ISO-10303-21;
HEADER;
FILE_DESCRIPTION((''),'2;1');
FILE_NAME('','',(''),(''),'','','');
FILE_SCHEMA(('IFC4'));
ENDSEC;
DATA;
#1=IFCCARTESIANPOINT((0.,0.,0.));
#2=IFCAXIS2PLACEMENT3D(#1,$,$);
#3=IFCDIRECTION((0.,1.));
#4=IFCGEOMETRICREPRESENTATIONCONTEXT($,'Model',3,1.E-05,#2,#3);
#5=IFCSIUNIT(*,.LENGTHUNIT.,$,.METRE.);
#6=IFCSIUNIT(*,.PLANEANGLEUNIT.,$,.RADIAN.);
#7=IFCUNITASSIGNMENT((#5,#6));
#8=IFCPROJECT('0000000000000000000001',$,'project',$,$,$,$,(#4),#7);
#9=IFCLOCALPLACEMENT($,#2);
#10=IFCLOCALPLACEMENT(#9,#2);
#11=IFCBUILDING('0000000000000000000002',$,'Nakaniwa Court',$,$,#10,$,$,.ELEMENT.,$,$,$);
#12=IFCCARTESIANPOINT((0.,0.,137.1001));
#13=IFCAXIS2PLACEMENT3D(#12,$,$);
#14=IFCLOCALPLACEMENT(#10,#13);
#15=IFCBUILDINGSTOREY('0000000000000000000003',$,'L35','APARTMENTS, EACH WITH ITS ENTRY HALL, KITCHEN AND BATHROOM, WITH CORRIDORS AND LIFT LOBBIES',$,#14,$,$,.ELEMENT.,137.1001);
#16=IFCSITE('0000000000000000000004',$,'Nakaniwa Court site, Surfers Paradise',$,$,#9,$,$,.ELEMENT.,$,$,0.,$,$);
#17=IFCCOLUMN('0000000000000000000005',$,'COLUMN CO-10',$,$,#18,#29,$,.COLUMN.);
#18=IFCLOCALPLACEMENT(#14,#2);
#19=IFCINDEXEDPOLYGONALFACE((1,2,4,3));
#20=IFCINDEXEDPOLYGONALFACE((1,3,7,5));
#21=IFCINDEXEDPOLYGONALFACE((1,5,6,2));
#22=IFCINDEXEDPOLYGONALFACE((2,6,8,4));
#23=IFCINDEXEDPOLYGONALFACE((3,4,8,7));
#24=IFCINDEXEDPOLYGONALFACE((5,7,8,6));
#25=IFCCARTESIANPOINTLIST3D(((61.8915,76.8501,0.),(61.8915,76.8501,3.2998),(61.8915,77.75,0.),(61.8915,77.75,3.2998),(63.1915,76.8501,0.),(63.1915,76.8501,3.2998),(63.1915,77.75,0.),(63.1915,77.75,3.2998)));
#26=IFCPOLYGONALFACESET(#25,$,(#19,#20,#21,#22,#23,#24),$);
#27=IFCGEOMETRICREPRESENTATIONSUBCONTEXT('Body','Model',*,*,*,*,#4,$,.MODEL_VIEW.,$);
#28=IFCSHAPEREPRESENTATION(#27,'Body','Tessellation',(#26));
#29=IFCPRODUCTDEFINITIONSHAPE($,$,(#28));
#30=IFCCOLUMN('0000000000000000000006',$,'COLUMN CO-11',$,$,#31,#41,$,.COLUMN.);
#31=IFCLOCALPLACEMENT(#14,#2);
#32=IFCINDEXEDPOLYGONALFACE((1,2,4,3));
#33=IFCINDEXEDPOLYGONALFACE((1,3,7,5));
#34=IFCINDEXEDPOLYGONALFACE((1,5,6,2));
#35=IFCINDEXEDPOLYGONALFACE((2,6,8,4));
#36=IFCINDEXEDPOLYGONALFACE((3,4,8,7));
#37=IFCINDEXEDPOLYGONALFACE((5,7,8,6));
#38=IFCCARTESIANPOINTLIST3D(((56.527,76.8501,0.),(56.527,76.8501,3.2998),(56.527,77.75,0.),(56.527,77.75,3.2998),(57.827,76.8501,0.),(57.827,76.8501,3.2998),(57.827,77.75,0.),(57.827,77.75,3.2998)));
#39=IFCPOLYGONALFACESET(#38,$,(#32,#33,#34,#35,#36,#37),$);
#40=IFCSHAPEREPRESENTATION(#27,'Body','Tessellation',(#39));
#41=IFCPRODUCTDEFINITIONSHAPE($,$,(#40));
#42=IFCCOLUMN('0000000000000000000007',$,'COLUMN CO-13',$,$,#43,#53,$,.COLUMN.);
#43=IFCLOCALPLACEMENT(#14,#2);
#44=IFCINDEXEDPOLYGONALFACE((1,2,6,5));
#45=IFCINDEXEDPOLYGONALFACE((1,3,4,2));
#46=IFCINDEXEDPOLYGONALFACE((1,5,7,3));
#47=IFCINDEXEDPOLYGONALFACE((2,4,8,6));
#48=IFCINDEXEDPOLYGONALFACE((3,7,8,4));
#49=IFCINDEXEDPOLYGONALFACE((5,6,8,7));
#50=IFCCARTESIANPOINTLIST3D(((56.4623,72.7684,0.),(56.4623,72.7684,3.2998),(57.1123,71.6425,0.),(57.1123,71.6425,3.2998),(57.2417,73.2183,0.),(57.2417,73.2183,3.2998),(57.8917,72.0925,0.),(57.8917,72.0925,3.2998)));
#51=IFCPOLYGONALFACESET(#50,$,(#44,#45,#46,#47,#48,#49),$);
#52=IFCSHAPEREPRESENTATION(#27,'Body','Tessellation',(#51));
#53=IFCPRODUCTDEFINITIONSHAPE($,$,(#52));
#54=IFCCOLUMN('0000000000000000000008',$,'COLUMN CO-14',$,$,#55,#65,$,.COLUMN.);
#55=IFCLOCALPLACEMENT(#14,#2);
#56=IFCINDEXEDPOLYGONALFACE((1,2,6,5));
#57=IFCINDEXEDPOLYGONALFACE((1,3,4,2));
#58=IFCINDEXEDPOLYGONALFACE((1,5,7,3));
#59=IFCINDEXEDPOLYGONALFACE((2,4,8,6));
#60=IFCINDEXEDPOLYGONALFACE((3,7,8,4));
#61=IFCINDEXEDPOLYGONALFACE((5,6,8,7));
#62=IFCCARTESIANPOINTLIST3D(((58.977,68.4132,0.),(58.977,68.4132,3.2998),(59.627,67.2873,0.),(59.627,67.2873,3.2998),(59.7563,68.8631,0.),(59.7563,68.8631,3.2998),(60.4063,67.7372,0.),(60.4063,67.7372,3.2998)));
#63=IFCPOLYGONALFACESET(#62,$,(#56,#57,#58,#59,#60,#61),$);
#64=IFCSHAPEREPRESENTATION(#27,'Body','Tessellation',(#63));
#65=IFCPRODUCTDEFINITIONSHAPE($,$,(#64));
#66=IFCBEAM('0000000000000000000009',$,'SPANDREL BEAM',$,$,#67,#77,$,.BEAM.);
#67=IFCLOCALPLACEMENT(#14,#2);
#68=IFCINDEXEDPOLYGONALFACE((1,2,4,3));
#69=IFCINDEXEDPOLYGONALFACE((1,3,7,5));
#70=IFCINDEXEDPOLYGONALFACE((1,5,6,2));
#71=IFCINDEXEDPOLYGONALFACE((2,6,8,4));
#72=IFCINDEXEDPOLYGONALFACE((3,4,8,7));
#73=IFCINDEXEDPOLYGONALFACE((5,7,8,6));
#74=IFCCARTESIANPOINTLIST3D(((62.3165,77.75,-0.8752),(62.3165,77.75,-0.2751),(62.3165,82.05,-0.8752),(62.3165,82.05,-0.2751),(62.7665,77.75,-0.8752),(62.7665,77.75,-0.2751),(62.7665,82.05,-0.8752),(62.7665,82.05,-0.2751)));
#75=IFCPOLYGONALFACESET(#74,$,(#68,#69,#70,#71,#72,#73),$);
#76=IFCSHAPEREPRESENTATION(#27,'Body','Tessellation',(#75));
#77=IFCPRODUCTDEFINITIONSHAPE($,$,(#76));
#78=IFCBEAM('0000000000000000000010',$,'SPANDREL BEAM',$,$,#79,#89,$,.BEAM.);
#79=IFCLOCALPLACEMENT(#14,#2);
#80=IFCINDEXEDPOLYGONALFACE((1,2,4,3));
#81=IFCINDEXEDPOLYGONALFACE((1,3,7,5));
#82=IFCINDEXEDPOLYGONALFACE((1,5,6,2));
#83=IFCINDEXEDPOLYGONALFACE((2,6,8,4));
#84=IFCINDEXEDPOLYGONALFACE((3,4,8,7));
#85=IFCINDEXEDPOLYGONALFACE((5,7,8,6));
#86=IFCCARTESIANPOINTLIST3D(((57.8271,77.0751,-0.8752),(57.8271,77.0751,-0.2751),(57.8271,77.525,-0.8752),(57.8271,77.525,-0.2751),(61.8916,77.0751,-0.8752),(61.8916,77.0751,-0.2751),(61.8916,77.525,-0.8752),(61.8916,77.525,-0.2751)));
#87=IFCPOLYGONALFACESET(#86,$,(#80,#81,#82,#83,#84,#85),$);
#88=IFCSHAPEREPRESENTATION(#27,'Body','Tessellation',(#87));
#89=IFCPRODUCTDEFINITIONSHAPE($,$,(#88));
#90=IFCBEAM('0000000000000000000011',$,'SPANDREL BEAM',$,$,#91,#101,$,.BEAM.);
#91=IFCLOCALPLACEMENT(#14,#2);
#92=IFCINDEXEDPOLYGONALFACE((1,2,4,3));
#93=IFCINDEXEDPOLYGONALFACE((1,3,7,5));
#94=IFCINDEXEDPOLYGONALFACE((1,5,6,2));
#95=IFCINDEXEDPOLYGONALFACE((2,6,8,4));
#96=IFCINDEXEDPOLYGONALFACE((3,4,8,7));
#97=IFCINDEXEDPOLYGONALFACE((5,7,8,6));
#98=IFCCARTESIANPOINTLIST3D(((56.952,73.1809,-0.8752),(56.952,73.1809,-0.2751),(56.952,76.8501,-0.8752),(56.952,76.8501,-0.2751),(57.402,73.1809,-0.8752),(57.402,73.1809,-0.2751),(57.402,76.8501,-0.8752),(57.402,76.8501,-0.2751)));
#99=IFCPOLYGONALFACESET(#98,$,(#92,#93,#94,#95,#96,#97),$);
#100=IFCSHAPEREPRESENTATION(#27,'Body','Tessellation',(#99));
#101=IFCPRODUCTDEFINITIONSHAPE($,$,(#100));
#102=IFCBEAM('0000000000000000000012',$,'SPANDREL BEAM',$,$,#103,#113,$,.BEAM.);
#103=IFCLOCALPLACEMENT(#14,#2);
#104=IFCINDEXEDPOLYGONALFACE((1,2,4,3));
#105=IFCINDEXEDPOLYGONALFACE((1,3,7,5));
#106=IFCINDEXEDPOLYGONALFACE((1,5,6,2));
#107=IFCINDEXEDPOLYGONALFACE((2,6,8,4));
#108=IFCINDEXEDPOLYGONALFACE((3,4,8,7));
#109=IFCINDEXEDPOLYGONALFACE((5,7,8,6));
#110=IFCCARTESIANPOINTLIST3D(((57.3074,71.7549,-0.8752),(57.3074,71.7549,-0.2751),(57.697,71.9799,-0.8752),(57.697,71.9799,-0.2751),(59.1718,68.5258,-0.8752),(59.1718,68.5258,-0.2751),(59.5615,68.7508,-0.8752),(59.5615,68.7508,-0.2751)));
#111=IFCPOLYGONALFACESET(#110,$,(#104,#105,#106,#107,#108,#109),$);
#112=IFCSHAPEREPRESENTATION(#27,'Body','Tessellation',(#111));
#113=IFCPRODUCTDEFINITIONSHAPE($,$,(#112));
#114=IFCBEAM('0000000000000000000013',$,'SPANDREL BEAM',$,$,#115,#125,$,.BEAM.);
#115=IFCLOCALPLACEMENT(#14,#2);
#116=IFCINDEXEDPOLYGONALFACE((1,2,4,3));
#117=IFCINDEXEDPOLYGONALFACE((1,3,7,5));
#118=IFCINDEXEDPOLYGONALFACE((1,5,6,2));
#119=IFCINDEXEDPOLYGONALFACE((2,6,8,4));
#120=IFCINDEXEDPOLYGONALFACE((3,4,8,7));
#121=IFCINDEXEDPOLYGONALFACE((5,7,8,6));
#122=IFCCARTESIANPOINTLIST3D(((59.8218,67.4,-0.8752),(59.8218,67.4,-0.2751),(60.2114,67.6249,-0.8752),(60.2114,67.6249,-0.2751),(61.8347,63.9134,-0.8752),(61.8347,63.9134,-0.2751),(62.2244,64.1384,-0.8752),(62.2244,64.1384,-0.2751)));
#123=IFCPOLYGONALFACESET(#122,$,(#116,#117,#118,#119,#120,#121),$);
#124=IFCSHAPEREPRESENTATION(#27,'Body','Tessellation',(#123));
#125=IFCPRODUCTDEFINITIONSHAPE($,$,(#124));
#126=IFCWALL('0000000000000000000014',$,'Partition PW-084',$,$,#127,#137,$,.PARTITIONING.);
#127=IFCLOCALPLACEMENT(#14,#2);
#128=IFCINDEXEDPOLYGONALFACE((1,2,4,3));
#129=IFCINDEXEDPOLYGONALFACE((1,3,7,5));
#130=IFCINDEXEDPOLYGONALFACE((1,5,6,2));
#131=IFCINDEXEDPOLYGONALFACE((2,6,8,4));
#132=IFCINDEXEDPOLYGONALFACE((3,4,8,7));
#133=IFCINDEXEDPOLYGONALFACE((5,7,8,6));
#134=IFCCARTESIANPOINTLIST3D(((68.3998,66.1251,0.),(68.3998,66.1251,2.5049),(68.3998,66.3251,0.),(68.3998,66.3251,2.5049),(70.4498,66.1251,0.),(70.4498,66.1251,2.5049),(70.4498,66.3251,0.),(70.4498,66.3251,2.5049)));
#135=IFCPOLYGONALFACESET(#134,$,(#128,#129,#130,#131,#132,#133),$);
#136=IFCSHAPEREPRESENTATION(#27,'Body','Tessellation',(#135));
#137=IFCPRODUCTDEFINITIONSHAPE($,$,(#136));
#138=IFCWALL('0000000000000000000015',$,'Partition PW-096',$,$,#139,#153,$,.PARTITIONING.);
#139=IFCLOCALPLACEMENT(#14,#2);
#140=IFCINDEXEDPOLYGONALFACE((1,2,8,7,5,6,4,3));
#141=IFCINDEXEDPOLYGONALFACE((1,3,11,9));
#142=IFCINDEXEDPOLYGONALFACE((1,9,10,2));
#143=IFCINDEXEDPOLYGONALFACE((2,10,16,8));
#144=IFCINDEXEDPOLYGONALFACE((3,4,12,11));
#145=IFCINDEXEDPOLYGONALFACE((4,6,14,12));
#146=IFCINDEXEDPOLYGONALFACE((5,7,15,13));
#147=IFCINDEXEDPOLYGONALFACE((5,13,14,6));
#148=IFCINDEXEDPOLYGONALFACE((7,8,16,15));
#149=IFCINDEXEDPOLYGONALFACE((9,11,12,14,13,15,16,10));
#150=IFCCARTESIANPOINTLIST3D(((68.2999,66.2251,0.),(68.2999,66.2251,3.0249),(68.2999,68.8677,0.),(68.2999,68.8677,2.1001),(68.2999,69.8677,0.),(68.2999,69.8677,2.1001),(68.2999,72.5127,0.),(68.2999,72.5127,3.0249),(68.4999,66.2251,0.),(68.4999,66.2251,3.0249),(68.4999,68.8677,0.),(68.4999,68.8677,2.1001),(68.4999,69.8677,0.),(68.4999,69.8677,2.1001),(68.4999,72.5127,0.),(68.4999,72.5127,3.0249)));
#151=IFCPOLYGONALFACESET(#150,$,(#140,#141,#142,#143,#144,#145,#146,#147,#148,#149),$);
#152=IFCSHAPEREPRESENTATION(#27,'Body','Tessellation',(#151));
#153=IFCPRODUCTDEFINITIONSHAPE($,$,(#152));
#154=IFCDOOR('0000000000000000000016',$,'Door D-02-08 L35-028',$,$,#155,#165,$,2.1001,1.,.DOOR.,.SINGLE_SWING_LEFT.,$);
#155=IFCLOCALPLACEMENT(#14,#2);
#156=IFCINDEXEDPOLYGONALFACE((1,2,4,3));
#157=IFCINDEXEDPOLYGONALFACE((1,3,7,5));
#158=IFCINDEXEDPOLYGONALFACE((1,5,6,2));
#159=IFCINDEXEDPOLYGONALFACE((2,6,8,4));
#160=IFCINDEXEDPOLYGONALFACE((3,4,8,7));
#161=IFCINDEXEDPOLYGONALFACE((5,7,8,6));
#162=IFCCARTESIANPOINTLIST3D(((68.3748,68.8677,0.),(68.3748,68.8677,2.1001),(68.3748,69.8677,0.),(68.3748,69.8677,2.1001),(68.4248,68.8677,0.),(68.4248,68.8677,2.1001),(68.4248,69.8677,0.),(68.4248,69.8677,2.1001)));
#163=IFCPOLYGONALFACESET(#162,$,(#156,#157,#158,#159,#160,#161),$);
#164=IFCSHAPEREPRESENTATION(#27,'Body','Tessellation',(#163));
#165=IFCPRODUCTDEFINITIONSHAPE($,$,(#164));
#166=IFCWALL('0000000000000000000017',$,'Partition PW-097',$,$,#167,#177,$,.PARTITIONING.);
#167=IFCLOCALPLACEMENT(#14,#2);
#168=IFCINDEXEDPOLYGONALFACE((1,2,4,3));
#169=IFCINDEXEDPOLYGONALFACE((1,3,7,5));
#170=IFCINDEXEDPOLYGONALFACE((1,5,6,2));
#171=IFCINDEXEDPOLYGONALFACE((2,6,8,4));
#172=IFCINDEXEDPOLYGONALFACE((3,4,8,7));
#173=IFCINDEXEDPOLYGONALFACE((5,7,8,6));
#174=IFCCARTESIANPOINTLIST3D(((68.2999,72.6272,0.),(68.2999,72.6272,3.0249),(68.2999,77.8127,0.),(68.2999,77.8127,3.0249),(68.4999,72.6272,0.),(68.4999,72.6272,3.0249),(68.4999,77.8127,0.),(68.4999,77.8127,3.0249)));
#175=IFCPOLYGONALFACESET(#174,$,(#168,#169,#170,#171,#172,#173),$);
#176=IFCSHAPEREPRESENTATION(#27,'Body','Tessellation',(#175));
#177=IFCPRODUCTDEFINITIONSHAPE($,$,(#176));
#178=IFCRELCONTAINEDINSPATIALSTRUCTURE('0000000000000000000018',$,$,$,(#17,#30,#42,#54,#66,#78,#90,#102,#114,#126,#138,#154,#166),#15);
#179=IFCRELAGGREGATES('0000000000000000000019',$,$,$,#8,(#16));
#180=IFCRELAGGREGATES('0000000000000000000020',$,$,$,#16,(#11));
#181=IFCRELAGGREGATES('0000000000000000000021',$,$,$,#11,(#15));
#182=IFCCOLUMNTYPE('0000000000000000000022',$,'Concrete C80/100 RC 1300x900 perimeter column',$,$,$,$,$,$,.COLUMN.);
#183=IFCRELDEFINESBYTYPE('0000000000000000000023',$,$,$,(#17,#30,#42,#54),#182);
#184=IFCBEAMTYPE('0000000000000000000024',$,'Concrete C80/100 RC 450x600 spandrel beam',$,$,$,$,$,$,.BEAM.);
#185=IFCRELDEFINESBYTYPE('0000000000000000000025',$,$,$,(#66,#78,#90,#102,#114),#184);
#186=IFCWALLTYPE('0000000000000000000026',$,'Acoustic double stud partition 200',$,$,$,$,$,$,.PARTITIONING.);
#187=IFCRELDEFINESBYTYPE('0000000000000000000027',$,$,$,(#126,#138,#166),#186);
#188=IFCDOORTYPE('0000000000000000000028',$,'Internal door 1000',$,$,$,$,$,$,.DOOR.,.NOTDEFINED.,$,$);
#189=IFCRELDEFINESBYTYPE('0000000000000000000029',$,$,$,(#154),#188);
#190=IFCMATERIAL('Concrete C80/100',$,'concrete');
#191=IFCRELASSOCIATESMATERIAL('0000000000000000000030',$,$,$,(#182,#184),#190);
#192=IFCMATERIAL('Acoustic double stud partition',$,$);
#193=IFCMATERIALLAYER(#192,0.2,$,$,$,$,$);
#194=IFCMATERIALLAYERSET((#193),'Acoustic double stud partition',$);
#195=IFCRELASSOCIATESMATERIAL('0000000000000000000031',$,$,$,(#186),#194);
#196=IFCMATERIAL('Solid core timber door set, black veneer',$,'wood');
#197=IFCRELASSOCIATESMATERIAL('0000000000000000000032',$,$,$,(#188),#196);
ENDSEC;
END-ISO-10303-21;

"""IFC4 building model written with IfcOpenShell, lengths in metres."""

from ifc_helpers import new_model, si_unit, direction, frame, frame_2d, origin, origin_2d, place, context, subcontext, project, spatial, rectangle, extrude, material, layer, layer_set, material_profile, profile_set, type_object, element, fill, save


model = new_model("IFC4")

# Units and contexts
model_context = context("Model", 3, precision=1e-05, world=origin(), true_north=direction((0.0, 1.0)))
body_context = subcontext(model_context, "Body", "Model", "MODEL_VIEW")
ifc_project = project(units=[si_unit("LENGTHUNIT", "METRE"), si_unit("PLANEANGLEUNIT", "RADIAN")], contexts=[model_context])

# Site, building, storey
site_placement = place(None, origin())
site = spatial("IfcSite", under=ifc_project, at=site_placement, Name="Nakaniwa Court site, Surfers Paradise", CompositionType="ELEMENT", RefElevation=0.0)
building_placement = place(site_placement, origin())
building = spatial("IfcBuilding", under=site, at=building_placement, Name="Nakaniwa Court", CompositionType="ELEMENT")
storey_placement = place(building_placement, frame((0.0, 0.0, 137.1001)))
storey = spatial("IfcBuildingStorey", under=building, at=storey_placement, Name="L35", Description="APARTMENTS, EACH WITH ITS ENTRY HALL, KITCHEN AND BATHROOM, WITH CORRIDORS AND LIFT LOBBIES", CompositionType="ELEMENT", Elevation=137.1001)

# Columns
ifc_material_1 = material(Name="Concrete C80/100", Category="concrete")
ifc_material_profile_1 = material_profile(ifc_material_1, rectangle(XDim=1.3, YDim=0.8999, at=origin_2d()), Name="Concrete C80/100 RC 1300x900 perimeter column")
ifc_profile_set_1 = profile_set([ifc_material_profile_1], Name="Concrete C80/100")
column_type = type_object("IfcColumnType", Name="Concrete C80/100 RC 1300x900 perimeter column", PredefinedType="COLUMN", material=ifc_profile_set_1)
for number, where, z_axis, x_axis, name in (
    (1, (62.5415, 77.3, 0.0), (0.0, 0.0, 1.0), (-1.0, 0.0, 0.0), "COLUMN CO-10"),
    (2, (57.177, 77.3, 0.0), (0.0, 0.0, 1.0), (-1.0, 0.0, 0.0), "COLUMN CO-11"),
    (3, (57.177, 72.4304, 0.0), (0.0, 0.0, 1.0), (0.5, -0.866025, 0.0), "COLUMN CO-13"),
    (4, (59.6917, 68.0752, 0.0), (0.0, 0.0, 1.0), (0.5, -0.866025, 0.0), "COLUMN CO-14"),
):
    element("IfcColumn", number, at=place(storey_placement, frame(where, z_axis=z_axis, x_axis=x_axis)), inside=storey, type_object=column_type, Name=name, PredefinedType="COLUMN", context=body_context, shape_type="SweptSolid", body=[
        extrude(rectangle(XDim=1.3, YDim=0.8999, at=origin_2d()), origin(), (0.0, 0.0, 1.0), 3.2998),
    ])

# Beams
ifc_material_profile_2 = material_profile(ifc_material_1, rectangle(XDim=0.45, YDim=0.6001, at=origin_2d()), Name="Concrete C80/100 RC 450x600 spandrel beam")
ifc_profile_set_2 = profile_set([ifc_material_profile_2], Name="Concrete C80/100")
beam_type = type_object("IfcBeamType", Name="Concrete C80/100 RC 450x600 spandrel beam", PredefinedType="BEAM", material=ifc_profile_set_2)
beam_1_placement = place(storey_placement, frame((62.5415, 82.05, -0.5752), z_axis=(0.0, -1.0, 0.0), x_axis=(1.0, 0.0, 0.0)))
element("IfcBeam", 5, at=beam_1_placement, inside=storey, type_object=beam_type, Name="SPANDREL BEAM", PredefinedType="BEAM", context=body_context, shape_type="SweptSolid", body=[
    extrude(rectangle(XDim=0.45, YDim=0.6001, at=origin_2d()), origin(), (0.0, 0.0, 1.0), 4.3),
])
beam_2_placement = place(storey_placement, frame((61.8916, 77.3, -0.5752), z_axis=(-1.0, 0.0, 0.0), x_axis=(0.0, -1.0, 0.0)))
element("IfcBeam", 6, at=beam_2_placement, inside=storey, type_object=beam_type, Name="SPANDREL BEAM", PredefinedType="BEAM", context=body_context, shape_type="SweptSolid", body=[
    extrude(rectangle(XDim=0.45, YDim=0.6001, at=origin_2d()), origin(), (0.0, 0.0, 1.0), 4.0645),
])
beam_3_placement = place(storey_placement, frame((57.177, 76.8501, -0.5752), z_axis=(0.0, -1.0, 0.0), x_axis=(1.0, 0.0, 0.0)))
element("IfcBeam", 7, at=beam_3_placement, inside=storey, type_object=beam_type, Name="SPANDREL BEAM", PredefinedType="BEAM", context=body_context, shape_type="SweptSolid", body=[
    extrude(rectangle(XDim=0.45, YDim=0.6001, at=origin_2d()), origin(), (0.0, 0.0, 1.0), 3.6692),
])
beam_4_placement = place(storey_placement, frame((57.5022, 71.8674, -0.5752), z_axis=(0.500019, -0.866014, 0.0), x_axis=(0.866014, 0.500019, 0.0)))
element("IfcBeam", 8, at=beam_4_placement, inside=storey, type_object=beam_type, Name="SPANDREL BEAM", PredefinedType="BEAM", context=body_context, shape_type="SweptSolid", body=[
    extrude(rectangle(XDim=0.45, YDim=0.6001, at=origin_2d()), origin(), (0.0, 0.0, 1.0), 3.7288),
])
beam_5_placement = place(storey_placement, frame((60.0166, 67.5125, -0.5752), z_axis=(0.499994, -0.866029, 0.0), x_axis=(0.866029, 0.499994, 0.0)))
element("IfcBeam", 9, at=beam_5_placement, inside=storey, type_object=beam_type, Name="SPANDREL BEAM", PredefinedType="BEAM", context=body_context, shape_type="SweptSolid", body=[
    extrude(rectangle(XDim=0.45, YDim=0.6001, at=origin_2d()), origin(), (0.0, 0.0, 1.0), 4.0259),
])

# Wall
ifc_material_2 = material(Name="Acoustic double stud partition")
ifc_layer_1 = layer(ifc_material_2, 0.2)
ifc_layer_set_1 = layer_set([ifc_layer_1], Name="Acoustic double stud partition")
wall_type_1 = type_object("IfcWallType", Name="Acoustic double stud partition 200", PredefinedType="PARTITIONING", material=ifc_layer_set_1)
wall_1_placement = place(storey_placement, frame((68.3999, 66.2251, 0.0), z_axis=(0.0, 0.0, 1.0), x_axis=(1.0, 0.0, 0.0)))
element("IfcWall", 10, at=wall_1_placement, inside=storey, type_object=wall_type_1, Name="Partition PW-084", PredefinedType="PARTITIONING", context=body_context, shape_type="SweptSolid", body=[
    extrude(rectangle(XDim=2.05, YDim=0.2, at=frame_2d((1.0249, 0.0))), origin(), (0.0, 0.0, 1.0), 2.5049),
])

# Wall, opening, door
wall_2_placement = place(storey_placement, frame((68.3999, 72.5127, 0.0), z_axis=(0.0, 0.0, 1.0), x_axis=(0.0, -1.0, 0.0)))
wall_2 = element("IfcWall", 11, at=wall_2_placement, inside=storey, type_object=wall_type_1, Name="Partition PW-096", PredefinedType="PARTITIONING", context=body_context, shape_type="SweptSolid", body=[
    extrude(rectangle(XDim=6.2876, YDim=0.2, at=frame_2d((3.1438, 0.0))), origin(), (0.0, 0.0, 1.0), 3.0249),
])
opening_1_placement = place(wall_2_placement, frame((2.645, 0.0, 0.0)))
opening_1 = element("IfcOpeningElement", 12, at=opening_1_placement, cuts=wall_2, PredefinedType="OPENING", context=body_context, shape_type="SweptSolid", body=[
    extrude(rectangle(XDim=1.0, YDim=2.1001, at=frame_2d((0.5, 1.05))), frame((0.0, 0.1099, 0.0), z_axis=(0.0, -1.0, 0.0), x_axis=(1.0, 0.0, 0.0)), (0.0, 0.0, 1.0), 0.22),
])
ifc_material_3 = material(Name="Solid core timber door set, black veneer", Category="wood")
door_type_1 = type_object("IfcDoorType", Name="Internal door 1000", OperationType="NOTDEFINED", PredefinedType="DOOR", material=ifc_material_3)
door_1_placement = place(opening_1_placement, origin())
door_1 = element("IfcDoor", 13, at=door_1_placement, inside=storey, type_object=door_type_1, Name="Door D-02-08 L35-028", OperationType="SINGLE_SWING_LEFT", OverallHeight=2.1001, OverallWidth=1.0, PredefinedType="DOOR", context=body_context, shape_type="SweptSolid", body=[
    extrude(rectangle(XDim=1.0, YDim=2.1001, at=frame_2d((0.5, 1.05))), frame((0.0, 0.0249, 0.0), z_axis=(0.0, -1.0, 0.0), x_axis=(1.0, 0.0, 0.0)), (0.0, 0.0, 1.0), 0.05),
])
fill(opening_1, door_1)

# Wall
wall_3_placement = place(storey_placement, frame((68.3999, 72.6272, 0.0), z_axis=(0.0, 0.0, 1.0), x_axis=(0.0, 1.0, 0.0)))
element("IfcWall", 14, at=wall_3_placement, inside=storey, type_object=wall_type_1, Name="Partition PW-097", PredefinedType="PARTITIONING", context=body_context, shape_type="SweptSolid", body=[
    extrude(rectangle(XDim=5.1855, YDim=0.2, at=frame_2d((2.5928, 0.0))), origin(), (0.0, 0.0, 1.0), 3.0249),
])

save(model, "model.ifc")
